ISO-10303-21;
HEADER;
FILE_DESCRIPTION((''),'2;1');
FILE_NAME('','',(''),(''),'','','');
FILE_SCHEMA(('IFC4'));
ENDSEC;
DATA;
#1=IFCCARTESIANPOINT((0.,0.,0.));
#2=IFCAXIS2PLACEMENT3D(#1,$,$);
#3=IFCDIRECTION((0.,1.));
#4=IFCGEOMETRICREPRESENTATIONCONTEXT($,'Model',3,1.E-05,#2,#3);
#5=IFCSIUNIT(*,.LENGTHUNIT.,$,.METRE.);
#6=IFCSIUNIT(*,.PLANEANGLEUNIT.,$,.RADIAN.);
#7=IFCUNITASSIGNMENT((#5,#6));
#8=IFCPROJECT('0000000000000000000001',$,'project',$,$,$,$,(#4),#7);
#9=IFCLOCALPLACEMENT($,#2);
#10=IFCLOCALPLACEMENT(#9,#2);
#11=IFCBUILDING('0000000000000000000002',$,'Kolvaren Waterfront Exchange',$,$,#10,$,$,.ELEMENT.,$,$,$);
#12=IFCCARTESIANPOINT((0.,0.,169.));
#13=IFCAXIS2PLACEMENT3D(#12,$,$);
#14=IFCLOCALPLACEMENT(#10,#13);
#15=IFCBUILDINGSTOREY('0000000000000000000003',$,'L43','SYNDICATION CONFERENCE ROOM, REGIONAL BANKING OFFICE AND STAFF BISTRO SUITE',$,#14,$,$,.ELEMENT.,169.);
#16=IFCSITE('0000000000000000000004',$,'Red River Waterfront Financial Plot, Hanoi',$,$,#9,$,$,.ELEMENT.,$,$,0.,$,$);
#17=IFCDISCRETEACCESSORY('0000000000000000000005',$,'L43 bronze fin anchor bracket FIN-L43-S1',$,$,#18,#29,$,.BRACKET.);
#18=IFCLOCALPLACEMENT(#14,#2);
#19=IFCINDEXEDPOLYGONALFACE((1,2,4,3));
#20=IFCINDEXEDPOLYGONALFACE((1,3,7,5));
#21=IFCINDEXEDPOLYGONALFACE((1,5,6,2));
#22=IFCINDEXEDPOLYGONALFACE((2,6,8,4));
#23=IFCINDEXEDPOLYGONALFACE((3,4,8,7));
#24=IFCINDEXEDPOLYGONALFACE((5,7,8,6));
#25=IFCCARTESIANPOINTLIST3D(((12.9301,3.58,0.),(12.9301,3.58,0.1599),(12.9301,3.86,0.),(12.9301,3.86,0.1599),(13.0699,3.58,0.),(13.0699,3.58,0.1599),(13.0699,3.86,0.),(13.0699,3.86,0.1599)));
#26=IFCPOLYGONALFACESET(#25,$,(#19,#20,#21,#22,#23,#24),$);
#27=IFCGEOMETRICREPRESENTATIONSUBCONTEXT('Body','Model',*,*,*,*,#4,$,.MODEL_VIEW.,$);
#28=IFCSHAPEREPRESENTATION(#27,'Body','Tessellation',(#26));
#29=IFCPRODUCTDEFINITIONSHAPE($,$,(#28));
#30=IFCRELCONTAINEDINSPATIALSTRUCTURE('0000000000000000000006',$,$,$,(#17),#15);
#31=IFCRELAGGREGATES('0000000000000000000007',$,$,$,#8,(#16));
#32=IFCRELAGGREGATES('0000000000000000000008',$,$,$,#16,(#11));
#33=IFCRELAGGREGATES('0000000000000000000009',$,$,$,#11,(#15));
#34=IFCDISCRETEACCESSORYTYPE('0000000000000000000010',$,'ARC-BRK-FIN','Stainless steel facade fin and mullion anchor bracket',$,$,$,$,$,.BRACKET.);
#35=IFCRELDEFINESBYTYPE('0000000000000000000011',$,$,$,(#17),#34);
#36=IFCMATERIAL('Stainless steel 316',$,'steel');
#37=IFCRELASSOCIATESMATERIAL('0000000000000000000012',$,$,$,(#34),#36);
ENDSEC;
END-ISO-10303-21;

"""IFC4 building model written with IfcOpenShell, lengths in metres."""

from ifc_helpers import new_model, si_unit, direction, frame, origin, origin_with_axes, origin_2d, place, context, subcontext, project, spatial, rectangle, extrude, source, transform, mapped, material, type_object, element, save


model = new_model("IFC4")

# Units and contexts
model_context = context("Model", 3, precision=1e-05, world=origin(), true_north=direction((0.0, 1.0)))
body_context = subcontext(model_context, "Body", "Model", "MODEL_VIEW")
ifc_project = project(units=[si_unit("LENGTHUNIT", "METRE"), si_unit("PLANEANGLEUNIT", "RADIAN")], contexts=[model_context])

# Site, building, storey
site_placement = place(None, origin())
site = spatial("IfcSite", under=ifc_project, at=site_placement, Name="Red River Waterfront Financial Plot, Hanoi", CompositionType="ELEMENT", RefElevation=0.0)
building_placement = place(site_placement, origin())
building = spatial("IfcBuilding", under=site, at=building_placement, Name="Kolvaren Waterfront Exchange", CompositionType="ELEMENT")
storey_placement = place(building_placement, frame((0.0, 0.0, 169.0)))
storey = spatial("IfcBuildingStorey", under=building, at=storey_placement, Name="L43", Description="SYNDICATION CONFERENCE ROOM, REGIONAL BANKING OFFICE AND STAFF BISTRO SUITE", CompositionType="ELEMENT", Elevation=169.0)

# Shared definitions
ifc_material_1 = material(Name="Stainless steel 316", Category="steel")

# Discrete accessory
discrete_accessory_type = type_object("IfcDiscreteAccessoryType", Name="ARC-BRK-FIN", Description="Stainless steel facade fin and mullion anchor bracket", PredefinedType="BRACKET", material=ifc_material_1)
shared_shape_1 = source(origin_with_axes(), body_context, "Body", "SweptSolid", [
    extrude(rectangle(XDim=0.28, YDim=0.1399, at=origin_2d()), origin(), (0.0, 0.0, 1.0), 0.1599),
])
discrete_accessory_placement = place(storey_placement, frame((13.0, 3.72, 0.0), z_axis=(0.0, 0.0, 1.0), x_axis=(0.0, -1.0, 0.0)))
element("IfcDiscreteAccessory", 1, at=discrete_accessory_placement, inside=storey, type_object=discrete_accessory_type, Name="L43 bronze fin anchor bracket FIN-L43-S1", PredefinedType="BRACKET", context=body_context, shape_type="MappedRepresentation", body=[
    mapped(shared_shape_1, transform((0.0, 0.0, 0.0), x_axis=(1.0, 0.0, 0.0), y_axis=(0.0, 1.0, 0.0), z_axis=(0.0, 0.0, 1.0), scale=1.0)),
])

save(model, "model.ifc")
